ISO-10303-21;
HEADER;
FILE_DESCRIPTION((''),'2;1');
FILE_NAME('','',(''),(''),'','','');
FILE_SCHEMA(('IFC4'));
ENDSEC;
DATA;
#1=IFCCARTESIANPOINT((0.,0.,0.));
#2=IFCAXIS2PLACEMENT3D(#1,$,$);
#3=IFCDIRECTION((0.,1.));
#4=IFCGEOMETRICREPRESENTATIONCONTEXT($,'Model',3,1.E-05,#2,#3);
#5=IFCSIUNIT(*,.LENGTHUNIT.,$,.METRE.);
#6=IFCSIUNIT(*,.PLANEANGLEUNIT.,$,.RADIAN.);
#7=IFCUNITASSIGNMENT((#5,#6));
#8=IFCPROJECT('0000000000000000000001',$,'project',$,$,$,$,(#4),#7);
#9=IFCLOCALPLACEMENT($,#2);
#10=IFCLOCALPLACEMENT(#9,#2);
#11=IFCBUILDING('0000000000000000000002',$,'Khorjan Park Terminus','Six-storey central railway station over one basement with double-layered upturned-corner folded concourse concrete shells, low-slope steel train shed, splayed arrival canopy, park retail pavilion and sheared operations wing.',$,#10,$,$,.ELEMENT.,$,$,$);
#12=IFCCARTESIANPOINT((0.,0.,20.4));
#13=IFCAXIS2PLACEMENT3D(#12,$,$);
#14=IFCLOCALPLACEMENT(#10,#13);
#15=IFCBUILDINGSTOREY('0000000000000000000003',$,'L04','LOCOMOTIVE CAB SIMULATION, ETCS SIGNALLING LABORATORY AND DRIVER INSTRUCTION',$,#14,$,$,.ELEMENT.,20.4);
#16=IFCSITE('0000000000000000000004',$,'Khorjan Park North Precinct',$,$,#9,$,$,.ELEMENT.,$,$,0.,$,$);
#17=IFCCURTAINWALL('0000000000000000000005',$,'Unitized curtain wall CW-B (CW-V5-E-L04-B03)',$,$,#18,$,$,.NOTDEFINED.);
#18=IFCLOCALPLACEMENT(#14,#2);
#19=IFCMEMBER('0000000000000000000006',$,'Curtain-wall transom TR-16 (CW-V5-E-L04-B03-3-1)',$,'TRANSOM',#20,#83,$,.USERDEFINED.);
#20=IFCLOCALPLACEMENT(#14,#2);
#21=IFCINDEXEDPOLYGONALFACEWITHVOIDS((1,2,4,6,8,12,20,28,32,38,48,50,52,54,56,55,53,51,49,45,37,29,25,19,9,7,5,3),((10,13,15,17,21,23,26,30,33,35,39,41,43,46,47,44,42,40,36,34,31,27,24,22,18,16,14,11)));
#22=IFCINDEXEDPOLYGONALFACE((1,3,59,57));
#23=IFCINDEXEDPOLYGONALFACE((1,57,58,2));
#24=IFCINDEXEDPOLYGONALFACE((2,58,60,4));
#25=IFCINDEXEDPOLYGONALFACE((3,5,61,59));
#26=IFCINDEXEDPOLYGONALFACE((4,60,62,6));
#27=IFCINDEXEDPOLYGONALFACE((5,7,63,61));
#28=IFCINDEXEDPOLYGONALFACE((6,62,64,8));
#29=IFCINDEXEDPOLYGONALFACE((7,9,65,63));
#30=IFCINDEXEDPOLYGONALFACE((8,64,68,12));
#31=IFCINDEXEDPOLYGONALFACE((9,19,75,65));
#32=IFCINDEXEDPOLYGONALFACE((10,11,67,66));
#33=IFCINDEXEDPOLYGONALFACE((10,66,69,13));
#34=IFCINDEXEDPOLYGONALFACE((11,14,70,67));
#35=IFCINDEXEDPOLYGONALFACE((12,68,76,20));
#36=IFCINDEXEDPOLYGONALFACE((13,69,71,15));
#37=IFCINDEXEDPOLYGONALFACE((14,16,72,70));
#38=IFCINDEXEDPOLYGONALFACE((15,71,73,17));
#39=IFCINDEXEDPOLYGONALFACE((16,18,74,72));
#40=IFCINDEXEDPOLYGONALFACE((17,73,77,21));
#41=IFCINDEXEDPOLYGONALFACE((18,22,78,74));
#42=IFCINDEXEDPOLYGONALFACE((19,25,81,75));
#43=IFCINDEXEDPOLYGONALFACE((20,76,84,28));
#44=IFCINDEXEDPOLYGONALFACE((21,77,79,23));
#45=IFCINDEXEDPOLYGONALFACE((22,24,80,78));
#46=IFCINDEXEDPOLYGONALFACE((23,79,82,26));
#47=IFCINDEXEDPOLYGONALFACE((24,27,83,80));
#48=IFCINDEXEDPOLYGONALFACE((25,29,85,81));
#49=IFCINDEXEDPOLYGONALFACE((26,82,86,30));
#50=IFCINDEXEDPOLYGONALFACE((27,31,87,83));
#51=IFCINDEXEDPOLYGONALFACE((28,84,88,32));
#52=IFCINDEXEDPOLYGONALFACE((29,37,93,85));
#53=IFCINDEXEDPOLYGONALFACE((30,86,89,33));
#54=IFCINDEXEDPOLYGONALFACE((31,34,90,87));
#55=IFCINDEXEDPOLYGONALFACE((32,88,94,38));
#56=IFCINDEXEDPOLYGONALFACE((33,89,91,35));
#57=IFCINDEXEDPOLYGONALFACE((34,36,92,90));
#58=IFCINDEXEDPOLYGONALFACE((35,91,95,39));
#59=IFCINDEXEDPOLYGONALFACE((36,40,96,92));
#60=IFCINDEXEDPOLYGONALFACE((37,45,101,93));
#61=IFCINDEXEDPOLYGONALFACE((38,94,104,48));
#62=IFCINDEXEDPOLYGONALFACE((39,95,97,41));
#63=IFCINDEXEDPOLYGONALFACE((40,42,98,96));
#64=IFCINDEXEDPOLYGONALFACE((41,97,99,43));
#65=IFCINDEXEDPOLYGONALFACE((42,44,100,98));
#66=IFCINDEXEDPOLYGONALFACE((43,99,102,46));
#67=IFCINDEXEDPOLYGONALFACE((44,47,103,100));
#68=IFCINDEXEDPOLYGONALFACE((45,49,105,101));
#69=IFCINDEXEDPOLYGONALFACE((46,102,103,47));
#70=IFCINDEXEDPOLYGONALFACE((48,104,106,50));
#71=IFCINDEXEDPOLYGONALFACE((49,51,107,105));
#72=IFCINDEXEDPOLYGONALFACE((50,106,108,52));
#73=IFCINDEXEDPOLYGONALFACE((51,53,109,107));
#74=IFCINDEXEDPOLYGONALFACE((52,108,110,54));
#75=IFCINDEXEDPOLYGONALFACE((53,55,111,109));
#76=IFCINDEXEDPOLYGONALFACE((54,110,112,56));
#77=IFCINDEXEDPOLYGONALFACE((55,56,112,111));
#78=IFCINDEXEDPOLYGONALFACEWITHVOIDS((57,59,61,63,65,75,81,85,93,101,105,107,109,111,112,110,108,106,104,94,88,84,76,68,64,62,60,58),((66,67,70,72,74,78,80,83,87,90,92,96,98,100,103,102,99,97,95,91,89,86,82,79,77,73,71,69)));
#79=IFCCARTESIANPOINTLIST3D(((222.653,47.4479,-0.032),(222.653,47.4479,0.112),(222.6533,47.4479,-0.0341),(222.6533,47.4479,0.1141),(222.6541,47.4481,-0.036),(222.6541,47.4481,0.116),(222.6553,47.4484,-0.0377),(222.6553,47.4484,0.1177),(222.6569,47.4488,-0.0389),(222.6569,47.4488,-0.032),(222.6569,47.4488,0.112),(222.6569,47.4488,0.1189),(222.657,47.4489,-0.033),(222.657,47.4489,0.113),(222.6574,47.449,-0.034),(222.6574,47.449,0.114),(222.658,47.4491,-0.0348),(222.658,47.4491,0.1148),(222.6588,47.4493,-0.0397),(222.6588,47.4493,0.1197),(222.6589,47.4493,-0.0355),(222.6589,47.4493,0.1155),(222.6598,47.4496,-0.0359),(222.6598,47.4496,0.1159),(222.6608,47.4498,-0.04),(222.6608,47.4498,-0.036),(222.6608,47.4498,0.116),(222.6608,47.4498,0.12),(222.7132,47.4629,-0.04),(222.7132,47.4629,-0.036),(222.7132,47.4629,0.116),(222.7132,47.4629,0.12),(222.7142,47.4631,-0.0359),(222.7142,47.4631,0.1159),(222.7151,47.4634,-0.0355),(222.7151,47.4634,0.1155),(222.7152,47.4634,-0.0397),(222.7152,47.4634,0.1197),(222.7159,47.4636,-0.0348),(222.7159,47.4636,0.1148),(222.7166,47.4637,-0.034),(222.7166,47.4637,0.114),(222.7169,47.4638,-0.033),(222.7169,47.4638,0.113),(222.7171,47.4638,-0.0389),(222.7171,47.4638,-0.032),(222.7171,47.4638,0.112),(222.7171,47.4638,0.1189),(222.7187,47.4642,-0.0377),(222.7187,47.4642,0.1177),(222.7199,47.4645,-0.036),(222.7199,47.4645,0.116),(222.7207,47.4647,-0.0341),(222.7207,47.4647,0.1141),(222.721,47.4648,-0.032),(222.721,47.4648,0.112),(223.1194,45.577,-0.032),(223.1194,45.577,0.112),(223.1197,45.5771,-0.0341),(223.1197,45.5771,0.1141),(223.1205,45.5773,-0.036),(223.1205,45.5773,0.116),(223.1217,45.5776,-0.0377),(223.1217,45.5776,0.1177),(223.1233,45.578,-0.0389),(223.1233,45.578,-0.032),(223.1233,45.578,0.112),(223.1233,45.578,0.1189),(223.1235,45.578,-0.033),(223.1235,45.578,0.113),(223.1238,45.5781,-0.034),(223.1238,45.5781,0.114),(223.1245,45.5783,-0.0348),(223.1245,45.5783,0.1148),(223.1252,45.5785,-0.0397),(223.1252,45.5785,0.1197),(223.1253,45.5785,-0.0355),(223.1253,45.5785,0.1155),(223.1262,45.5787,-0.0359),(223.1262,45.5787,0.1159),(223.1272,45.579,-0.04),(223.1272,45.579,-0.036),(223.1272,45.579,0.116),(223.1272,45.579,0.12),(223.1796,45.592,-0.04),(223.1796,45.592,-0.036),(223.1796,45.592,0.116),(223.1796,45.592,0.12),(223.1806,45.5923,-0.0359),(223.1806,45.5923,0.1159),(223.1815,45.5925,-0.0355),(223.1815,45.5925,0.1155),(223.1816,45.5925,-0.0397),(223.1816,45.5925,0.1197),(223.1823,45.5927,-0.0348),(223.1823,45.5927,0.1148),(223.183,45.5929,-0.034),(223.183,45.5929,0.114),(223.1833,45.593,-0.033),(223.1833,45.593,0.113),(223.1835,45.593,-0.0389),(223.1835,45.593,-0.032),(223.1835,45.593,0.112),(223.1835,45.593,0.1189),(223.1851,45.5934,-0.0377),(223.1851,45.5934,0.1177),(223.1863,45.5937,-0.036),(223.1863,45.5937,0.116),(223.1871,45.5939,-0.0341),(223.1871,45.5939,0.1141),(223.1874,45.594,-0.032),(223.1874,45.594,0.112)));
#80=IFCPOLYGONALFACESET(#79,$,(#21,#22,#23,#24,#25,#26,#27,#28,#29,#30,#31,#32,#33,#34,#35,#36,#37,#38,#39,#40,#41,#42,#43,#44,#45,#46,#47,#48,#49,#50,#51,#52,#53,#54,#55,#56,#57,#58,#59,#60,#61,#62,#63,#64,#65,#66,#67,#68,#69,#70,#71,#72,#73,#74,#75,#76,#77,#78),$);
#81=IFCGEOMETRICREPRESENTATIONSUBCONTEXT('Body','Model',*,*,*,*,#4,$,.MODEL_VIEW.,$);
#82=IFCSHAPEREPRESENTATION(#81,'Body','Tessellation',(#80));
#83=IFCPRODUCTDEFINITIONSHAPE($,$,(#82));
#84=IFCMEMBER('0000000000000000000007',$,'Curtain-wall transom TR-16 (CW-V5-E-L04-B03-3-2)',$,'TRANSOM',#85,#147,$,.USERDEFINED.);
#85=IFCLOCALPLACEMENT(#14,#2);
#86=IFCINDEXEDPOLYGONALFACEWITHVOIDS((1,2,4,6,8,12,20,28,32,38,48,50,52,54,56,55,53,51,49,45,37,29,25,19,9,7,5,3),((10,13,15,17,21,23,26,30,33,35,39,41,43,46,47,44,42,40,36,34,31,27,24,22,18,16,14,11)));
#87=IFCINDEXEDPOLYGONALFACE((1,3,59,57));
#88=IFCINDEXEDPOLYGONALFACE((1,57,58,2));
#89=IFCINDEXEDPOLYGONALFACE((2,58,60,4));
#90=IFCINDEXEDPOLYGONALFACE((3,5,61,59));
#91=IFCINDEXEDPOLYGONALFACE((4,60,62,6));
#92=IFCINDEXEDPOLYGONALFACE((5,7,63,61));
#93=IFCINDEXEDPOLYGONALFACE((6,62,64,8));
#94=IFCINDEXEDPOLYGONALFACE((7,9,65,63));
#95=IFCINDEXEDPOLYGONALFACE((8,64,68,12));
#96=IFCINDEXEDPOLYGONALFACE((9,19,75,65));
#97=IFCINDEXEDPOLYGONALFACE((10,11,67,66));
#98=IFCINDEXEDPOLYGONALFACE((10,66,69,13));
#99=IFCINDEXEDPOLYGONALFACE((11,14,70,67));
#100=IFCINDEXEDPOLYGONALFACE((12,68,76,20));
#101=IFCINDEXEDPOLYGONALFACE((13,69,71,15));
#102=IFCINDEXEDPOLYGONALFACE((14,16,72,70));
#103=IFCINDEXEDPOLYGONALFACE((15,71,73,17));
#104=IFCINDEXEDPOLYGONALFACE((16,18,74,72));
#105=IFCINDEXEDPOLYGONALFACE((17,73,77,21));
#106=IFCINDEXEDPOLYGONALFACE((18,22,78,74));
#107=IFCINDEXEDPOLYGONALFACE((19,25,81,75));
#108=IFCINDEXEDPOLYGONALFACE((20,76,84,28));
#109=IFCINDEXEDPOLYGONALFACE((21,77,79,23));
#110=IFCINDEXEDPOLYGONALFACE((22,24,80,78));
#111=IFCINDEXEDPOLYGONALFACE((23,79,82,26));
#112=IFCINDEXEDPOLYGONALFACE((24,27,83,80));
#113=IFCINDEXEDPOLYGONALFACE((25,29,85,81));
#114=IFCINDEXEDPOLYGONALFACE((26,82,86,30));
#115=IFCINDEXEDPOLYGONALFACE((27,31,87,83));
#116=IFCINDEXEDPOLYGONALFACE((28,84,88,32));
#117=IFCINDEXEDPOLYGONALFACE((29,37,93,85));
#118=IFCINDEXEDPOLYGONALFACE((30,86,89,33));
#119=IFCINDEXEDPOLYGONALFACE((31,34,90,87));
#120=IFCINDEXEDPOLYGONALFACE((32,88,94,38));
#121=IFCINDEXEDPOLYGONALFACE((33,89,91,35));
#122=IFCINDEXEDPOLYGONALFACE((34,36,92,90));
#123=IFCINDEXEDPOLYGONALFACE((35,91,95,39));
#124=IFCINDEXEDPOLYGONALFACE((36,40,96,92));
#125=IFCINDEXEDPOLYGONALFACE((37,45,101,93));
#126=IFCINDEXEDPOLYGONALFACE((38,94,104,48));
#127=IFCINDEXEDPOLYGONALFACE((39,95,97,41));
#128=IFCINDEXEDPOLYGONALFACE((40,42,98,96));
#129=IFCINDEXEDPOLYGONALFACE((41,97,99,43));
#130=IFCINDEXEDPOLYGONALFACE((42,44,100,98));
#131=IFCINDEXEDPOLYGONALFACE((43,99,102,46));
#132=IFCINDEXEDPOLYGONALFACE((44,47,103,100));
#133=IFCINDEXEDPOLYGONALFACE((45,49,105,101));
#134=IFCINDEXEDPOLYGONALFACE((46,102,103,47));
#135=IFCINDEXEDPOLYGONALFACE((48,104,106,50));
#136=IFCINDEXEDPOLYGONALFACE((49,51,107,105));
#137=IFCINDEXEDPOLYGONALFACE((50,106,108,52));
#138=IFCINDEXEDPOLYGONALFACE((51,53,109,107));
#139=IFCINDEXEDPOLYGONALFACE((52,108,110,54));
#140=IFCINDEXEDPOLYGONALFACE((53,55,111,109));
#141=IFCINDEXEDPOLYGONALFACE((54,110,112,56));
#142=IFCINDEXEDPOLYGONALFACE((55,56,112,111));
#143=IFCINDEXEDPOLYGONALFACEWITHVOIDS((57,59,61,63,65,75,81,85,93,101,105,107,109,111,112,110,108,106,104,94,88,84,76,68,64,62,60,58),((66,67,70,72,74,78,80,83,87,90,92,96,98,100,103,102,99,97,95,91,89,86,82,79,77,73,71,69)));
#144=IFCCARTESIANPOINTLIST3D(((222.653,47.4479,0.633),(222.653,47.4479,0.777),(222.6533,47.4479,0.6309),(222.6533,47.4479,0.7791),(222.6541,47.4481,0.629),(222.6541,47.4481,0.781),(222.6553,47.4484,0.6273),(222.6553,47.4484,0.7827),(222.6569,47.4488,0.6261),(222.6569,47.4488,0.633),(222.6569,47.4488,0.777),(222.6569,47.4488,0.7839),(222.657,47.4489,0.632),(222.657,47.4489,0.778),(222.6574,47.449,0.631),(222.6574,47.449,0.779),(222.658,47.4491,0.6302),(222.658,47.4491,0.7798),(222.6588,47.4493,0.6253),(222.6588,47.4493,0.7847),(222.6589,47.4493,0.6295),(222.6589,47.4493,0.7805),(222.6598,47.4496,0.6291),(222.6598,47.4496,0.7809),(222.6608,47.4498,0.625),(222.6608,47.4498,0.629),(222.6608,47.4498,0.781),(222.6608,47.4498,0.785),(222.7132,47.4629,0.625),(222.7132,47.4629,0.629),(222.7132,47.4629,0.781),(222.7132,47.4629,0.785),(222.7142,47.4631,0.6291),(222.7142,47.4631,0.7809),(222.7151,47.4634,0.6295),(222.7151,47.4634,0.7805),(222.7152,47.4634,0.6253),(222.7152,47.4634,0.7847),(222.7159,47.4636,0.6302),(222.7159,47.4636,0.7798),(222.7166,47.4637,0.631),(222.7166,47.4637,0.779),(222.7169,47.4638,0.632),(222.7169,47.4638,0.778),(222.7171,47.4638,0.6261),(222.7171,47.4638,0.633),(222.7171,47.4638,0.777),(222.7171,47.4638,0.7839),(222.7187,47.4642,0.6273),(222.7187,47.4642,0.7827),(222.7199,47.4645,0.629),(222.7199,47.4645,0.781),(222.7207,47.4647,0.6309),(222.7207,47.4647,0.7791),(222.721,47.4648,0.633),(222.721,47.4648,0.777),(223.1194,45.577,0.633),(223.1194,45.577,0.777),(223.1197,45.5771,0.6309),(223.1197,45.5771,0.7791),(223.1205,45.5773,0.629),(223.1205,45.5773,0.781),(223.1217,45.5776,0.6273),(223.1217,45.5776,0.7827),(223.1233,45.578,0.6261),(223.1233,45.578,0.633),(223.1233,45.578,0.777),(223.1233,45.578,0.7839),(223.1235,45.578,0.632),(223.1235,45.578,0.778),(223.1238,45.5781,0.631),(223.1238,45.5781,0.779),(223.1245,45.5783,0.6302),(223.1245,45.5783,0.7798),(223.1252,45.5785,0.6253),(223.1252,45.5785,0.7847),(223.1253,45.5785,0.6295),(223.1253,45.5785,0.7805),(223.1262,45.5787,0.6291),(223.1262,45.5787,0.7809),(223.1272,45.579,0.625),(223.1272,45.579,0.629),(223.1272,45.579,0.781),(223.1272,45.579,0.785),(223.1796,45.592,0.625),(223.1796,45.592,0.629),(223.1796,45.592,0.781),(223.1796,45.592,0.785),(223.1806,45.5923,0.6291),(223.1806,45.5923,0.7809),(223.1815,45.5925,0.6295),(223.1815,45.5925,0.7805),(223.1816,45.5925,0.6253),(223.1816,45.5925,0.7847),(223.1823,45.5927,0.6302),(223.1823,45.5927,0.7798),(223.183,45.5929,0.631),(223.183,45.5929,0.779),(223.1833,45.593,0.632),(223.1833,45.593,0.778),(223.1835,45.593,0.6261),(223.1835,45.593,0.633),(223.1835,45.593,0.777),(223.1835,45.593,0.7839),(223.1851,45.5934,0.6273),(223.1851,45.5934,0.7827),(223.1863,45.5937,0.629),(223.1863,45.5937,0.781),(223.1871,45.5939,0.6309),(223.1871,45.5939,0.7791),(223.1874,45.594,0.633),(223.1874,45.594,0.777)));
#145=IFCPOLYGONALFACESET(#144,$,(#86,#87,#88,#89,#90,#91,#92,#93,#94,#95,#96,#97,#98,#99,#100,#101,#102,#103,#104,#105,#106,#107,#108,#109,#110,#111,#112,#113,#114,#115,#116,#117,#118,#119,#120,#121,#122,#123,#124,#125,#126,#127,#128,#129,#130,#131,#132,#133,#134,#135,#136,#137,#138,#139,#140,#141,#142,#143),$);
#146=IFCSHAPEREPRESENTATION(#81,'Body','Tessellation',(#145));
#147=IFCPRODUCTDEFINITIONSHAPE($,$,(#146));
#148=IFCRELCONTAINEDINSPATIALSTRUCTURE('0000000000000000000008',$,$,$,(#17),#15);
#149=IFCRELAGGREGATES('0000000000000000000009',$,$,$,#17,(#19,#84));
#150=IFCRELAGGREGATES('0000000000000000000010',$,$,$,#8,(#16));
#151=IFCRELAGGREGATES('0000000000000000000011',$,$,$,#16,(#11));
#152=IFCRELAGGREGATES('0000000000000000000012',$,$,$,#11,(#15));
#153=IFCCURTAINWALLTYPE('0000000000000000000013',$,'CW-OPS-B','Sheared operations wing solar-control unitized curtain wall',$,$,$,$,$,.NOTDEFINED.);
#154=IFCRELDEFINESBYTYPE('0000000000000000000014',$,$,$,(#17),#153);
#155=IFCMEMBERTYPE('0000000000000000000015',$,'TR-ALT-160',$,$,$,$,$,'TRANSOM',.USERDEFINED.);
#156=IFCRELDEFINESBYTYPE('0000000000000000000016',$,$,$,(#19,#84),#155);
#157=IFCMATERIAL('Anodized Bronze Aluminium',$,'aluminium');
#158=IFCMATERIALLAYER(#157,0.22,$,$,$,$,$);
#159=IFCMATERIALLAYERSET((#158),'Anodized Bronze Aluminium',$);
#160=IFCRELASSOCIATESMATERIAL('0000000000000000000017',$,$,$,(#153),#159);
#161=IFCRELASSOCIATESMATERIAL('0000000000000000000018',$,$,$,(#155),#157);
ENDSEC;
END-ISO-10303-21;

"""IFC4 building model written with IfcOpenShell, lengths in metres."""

from ifc_helpers import new_model, si_unit, direction, frame, origin, origin_2d, place, context, subcontext, project, spatial, hollow_rectangle, extrude, material, layer, layer_set, material_profile, profile_set, type_object, element, aggregate, save


model = new_model("IFC4")

# Units and contexts
model_context = context("Model", 3, precision=1e-05, world=origin(), true_north=direction((0.0, 1.0)))
body_context = subcontext(model_context, "Body", "Model", "MODEL_VIEW")
ifc_project = project(units=[si_unit("LENGTHUNIT", "METRE"), si_unit("PLANEANGLEUNIT", "RADIAN")], contexts=[model_context])

# Site, building, storey
site_placement = place(None, origin())
site = spatial("IfcSite", under=ifc_project, at=site_placement, Name="Khorjan Park North Precinct", CompositionType="ELEMENT", RefElevation=0.0)
building_placement = place(site_placement, origin())
building = spatial("IfcBuilding", under=site, at=building_placement, Name="Khorjan Park Terminus", Description="Six-storey central railway station over one basement with double-layered upturned-corner folded concourse concrete shells, low-slope steel train shed, splayed arrival canopy, park retail pavilion and sheared operations wing.", CompositionType="ELEMENT")
storey_placement = place(building_placement, frame((0.0, 0.0, 20.4)))
storey = spatial("IfcBuildingStorey", under=building, at=storey_placement, Name="L04", Description="LOCOMOTIVE CAB SIMULATION, ETCS SIGNALLING LABORATORY AND DRIVER INSTRUCTION", CompositionType="ELEMENT", Elevation=20.4)

# Curtain wall, members
ifc_material_1 = material(Name="Anodized Bronze Aluminium", Category="aluminium")
ifc_layer_1 = layer(ifc_material_1, 0.22)
ifc_layer_set_1 = layer_set([ifc_layer_1], Name="Anodized Bronze Aluminium")
curtain_wall_type = type_object("IfcCurtainWallType", Name="CW-OPS-B", Description="Sheared operations wing solar-control unitized curtain wall", PredefinedType="NOTDEFINED", material=ifc_layer_set_1)
curtain_wall_placement = place(storey_placement, origin())
curtain_wall = element("IfcCurtainWall", 1, at=curtain_wall_placement, inside=storey, type_object=curtain_wall_type, Name="Unitized curtain wall CW-B (CW-V5-E-L04-B03)", PredefinedType="NOTDEFINED")
ifc_material_profile_1 = material_profile(ifc_material_1, hollow_rectangle(XDim=0.07, YDim=0.16, WallThickness=0.004, InnerFilletRadius=0.004, OuterFilletRadius=0.008, at=origin_2d()), Name="ALT 70x160x4")
ifc_profile_set_1 = profile_set([ifc_material_profile_1], Name="Anodized Bronze Aluminium")
member_type_1 = type_object("IfcMemberType", Name="TR-ALT-160", ElementType="TRANSOM", PredefinedType="USERDEFINED", material=ifc_profile_set_1)
member_1_placement = place(storey_placement, frame((223.1534, 45.5855, 0.04), z_axis=(-0.241901, 0.970301, 0.0), x_axis=(-0.970301, -0.241901, 0.0)))
member_1 = element("IfcMember", 2, at=member_1_placement, type_object=member_type_1, Name="Curtain-wall transom TR-16 (CW-V5-E-L04-B03-3-1)", ObjectType="TRANSOM", PredefinedType="USERDEFINED", context=body_context, shape_type="SweptSolid", body=[
    extrude(hollow_rectangle(XDim=0.07, YDim=0.16, WallThickness=0.004, InnerFilletRadius=0.004, OuterFilletRadius=0.008, at=origin_2d()), origin(), (0.0, 0.0, 1.0), 1.9281),
])
member_2_placement = place(storey_placement, frame((223.1534, 45.5855, 0.705), z_axis=(-0.241901, 0.970301, 0.0), x_axis=(-0.970301, -0.241901, 0.0)))
member_2 = element("IfcMember", 3, at=member_2_placement, type_object=member_type_1, Name="Curtain-wall transom TR-16 (CW-V5-E-L04-B03-3-2)", ObjectType="TRANSOM", PredefinedType="USERDEFINED", context=body_context, shape_type="SweptSolid", body=[
    extrude(hollow_rectangle(XDim=0.07, YDim=0.16, WallThickness=0.004, InnerFilletRadius=0.004, OuterFilletRadius=0.008, at=origin_2d()), origin(), (0.0, 0.0, 1.0), 1.9281),
])
aggregate(curtain_wall, [member_1, member_2])

save(model, "model.ifc")
